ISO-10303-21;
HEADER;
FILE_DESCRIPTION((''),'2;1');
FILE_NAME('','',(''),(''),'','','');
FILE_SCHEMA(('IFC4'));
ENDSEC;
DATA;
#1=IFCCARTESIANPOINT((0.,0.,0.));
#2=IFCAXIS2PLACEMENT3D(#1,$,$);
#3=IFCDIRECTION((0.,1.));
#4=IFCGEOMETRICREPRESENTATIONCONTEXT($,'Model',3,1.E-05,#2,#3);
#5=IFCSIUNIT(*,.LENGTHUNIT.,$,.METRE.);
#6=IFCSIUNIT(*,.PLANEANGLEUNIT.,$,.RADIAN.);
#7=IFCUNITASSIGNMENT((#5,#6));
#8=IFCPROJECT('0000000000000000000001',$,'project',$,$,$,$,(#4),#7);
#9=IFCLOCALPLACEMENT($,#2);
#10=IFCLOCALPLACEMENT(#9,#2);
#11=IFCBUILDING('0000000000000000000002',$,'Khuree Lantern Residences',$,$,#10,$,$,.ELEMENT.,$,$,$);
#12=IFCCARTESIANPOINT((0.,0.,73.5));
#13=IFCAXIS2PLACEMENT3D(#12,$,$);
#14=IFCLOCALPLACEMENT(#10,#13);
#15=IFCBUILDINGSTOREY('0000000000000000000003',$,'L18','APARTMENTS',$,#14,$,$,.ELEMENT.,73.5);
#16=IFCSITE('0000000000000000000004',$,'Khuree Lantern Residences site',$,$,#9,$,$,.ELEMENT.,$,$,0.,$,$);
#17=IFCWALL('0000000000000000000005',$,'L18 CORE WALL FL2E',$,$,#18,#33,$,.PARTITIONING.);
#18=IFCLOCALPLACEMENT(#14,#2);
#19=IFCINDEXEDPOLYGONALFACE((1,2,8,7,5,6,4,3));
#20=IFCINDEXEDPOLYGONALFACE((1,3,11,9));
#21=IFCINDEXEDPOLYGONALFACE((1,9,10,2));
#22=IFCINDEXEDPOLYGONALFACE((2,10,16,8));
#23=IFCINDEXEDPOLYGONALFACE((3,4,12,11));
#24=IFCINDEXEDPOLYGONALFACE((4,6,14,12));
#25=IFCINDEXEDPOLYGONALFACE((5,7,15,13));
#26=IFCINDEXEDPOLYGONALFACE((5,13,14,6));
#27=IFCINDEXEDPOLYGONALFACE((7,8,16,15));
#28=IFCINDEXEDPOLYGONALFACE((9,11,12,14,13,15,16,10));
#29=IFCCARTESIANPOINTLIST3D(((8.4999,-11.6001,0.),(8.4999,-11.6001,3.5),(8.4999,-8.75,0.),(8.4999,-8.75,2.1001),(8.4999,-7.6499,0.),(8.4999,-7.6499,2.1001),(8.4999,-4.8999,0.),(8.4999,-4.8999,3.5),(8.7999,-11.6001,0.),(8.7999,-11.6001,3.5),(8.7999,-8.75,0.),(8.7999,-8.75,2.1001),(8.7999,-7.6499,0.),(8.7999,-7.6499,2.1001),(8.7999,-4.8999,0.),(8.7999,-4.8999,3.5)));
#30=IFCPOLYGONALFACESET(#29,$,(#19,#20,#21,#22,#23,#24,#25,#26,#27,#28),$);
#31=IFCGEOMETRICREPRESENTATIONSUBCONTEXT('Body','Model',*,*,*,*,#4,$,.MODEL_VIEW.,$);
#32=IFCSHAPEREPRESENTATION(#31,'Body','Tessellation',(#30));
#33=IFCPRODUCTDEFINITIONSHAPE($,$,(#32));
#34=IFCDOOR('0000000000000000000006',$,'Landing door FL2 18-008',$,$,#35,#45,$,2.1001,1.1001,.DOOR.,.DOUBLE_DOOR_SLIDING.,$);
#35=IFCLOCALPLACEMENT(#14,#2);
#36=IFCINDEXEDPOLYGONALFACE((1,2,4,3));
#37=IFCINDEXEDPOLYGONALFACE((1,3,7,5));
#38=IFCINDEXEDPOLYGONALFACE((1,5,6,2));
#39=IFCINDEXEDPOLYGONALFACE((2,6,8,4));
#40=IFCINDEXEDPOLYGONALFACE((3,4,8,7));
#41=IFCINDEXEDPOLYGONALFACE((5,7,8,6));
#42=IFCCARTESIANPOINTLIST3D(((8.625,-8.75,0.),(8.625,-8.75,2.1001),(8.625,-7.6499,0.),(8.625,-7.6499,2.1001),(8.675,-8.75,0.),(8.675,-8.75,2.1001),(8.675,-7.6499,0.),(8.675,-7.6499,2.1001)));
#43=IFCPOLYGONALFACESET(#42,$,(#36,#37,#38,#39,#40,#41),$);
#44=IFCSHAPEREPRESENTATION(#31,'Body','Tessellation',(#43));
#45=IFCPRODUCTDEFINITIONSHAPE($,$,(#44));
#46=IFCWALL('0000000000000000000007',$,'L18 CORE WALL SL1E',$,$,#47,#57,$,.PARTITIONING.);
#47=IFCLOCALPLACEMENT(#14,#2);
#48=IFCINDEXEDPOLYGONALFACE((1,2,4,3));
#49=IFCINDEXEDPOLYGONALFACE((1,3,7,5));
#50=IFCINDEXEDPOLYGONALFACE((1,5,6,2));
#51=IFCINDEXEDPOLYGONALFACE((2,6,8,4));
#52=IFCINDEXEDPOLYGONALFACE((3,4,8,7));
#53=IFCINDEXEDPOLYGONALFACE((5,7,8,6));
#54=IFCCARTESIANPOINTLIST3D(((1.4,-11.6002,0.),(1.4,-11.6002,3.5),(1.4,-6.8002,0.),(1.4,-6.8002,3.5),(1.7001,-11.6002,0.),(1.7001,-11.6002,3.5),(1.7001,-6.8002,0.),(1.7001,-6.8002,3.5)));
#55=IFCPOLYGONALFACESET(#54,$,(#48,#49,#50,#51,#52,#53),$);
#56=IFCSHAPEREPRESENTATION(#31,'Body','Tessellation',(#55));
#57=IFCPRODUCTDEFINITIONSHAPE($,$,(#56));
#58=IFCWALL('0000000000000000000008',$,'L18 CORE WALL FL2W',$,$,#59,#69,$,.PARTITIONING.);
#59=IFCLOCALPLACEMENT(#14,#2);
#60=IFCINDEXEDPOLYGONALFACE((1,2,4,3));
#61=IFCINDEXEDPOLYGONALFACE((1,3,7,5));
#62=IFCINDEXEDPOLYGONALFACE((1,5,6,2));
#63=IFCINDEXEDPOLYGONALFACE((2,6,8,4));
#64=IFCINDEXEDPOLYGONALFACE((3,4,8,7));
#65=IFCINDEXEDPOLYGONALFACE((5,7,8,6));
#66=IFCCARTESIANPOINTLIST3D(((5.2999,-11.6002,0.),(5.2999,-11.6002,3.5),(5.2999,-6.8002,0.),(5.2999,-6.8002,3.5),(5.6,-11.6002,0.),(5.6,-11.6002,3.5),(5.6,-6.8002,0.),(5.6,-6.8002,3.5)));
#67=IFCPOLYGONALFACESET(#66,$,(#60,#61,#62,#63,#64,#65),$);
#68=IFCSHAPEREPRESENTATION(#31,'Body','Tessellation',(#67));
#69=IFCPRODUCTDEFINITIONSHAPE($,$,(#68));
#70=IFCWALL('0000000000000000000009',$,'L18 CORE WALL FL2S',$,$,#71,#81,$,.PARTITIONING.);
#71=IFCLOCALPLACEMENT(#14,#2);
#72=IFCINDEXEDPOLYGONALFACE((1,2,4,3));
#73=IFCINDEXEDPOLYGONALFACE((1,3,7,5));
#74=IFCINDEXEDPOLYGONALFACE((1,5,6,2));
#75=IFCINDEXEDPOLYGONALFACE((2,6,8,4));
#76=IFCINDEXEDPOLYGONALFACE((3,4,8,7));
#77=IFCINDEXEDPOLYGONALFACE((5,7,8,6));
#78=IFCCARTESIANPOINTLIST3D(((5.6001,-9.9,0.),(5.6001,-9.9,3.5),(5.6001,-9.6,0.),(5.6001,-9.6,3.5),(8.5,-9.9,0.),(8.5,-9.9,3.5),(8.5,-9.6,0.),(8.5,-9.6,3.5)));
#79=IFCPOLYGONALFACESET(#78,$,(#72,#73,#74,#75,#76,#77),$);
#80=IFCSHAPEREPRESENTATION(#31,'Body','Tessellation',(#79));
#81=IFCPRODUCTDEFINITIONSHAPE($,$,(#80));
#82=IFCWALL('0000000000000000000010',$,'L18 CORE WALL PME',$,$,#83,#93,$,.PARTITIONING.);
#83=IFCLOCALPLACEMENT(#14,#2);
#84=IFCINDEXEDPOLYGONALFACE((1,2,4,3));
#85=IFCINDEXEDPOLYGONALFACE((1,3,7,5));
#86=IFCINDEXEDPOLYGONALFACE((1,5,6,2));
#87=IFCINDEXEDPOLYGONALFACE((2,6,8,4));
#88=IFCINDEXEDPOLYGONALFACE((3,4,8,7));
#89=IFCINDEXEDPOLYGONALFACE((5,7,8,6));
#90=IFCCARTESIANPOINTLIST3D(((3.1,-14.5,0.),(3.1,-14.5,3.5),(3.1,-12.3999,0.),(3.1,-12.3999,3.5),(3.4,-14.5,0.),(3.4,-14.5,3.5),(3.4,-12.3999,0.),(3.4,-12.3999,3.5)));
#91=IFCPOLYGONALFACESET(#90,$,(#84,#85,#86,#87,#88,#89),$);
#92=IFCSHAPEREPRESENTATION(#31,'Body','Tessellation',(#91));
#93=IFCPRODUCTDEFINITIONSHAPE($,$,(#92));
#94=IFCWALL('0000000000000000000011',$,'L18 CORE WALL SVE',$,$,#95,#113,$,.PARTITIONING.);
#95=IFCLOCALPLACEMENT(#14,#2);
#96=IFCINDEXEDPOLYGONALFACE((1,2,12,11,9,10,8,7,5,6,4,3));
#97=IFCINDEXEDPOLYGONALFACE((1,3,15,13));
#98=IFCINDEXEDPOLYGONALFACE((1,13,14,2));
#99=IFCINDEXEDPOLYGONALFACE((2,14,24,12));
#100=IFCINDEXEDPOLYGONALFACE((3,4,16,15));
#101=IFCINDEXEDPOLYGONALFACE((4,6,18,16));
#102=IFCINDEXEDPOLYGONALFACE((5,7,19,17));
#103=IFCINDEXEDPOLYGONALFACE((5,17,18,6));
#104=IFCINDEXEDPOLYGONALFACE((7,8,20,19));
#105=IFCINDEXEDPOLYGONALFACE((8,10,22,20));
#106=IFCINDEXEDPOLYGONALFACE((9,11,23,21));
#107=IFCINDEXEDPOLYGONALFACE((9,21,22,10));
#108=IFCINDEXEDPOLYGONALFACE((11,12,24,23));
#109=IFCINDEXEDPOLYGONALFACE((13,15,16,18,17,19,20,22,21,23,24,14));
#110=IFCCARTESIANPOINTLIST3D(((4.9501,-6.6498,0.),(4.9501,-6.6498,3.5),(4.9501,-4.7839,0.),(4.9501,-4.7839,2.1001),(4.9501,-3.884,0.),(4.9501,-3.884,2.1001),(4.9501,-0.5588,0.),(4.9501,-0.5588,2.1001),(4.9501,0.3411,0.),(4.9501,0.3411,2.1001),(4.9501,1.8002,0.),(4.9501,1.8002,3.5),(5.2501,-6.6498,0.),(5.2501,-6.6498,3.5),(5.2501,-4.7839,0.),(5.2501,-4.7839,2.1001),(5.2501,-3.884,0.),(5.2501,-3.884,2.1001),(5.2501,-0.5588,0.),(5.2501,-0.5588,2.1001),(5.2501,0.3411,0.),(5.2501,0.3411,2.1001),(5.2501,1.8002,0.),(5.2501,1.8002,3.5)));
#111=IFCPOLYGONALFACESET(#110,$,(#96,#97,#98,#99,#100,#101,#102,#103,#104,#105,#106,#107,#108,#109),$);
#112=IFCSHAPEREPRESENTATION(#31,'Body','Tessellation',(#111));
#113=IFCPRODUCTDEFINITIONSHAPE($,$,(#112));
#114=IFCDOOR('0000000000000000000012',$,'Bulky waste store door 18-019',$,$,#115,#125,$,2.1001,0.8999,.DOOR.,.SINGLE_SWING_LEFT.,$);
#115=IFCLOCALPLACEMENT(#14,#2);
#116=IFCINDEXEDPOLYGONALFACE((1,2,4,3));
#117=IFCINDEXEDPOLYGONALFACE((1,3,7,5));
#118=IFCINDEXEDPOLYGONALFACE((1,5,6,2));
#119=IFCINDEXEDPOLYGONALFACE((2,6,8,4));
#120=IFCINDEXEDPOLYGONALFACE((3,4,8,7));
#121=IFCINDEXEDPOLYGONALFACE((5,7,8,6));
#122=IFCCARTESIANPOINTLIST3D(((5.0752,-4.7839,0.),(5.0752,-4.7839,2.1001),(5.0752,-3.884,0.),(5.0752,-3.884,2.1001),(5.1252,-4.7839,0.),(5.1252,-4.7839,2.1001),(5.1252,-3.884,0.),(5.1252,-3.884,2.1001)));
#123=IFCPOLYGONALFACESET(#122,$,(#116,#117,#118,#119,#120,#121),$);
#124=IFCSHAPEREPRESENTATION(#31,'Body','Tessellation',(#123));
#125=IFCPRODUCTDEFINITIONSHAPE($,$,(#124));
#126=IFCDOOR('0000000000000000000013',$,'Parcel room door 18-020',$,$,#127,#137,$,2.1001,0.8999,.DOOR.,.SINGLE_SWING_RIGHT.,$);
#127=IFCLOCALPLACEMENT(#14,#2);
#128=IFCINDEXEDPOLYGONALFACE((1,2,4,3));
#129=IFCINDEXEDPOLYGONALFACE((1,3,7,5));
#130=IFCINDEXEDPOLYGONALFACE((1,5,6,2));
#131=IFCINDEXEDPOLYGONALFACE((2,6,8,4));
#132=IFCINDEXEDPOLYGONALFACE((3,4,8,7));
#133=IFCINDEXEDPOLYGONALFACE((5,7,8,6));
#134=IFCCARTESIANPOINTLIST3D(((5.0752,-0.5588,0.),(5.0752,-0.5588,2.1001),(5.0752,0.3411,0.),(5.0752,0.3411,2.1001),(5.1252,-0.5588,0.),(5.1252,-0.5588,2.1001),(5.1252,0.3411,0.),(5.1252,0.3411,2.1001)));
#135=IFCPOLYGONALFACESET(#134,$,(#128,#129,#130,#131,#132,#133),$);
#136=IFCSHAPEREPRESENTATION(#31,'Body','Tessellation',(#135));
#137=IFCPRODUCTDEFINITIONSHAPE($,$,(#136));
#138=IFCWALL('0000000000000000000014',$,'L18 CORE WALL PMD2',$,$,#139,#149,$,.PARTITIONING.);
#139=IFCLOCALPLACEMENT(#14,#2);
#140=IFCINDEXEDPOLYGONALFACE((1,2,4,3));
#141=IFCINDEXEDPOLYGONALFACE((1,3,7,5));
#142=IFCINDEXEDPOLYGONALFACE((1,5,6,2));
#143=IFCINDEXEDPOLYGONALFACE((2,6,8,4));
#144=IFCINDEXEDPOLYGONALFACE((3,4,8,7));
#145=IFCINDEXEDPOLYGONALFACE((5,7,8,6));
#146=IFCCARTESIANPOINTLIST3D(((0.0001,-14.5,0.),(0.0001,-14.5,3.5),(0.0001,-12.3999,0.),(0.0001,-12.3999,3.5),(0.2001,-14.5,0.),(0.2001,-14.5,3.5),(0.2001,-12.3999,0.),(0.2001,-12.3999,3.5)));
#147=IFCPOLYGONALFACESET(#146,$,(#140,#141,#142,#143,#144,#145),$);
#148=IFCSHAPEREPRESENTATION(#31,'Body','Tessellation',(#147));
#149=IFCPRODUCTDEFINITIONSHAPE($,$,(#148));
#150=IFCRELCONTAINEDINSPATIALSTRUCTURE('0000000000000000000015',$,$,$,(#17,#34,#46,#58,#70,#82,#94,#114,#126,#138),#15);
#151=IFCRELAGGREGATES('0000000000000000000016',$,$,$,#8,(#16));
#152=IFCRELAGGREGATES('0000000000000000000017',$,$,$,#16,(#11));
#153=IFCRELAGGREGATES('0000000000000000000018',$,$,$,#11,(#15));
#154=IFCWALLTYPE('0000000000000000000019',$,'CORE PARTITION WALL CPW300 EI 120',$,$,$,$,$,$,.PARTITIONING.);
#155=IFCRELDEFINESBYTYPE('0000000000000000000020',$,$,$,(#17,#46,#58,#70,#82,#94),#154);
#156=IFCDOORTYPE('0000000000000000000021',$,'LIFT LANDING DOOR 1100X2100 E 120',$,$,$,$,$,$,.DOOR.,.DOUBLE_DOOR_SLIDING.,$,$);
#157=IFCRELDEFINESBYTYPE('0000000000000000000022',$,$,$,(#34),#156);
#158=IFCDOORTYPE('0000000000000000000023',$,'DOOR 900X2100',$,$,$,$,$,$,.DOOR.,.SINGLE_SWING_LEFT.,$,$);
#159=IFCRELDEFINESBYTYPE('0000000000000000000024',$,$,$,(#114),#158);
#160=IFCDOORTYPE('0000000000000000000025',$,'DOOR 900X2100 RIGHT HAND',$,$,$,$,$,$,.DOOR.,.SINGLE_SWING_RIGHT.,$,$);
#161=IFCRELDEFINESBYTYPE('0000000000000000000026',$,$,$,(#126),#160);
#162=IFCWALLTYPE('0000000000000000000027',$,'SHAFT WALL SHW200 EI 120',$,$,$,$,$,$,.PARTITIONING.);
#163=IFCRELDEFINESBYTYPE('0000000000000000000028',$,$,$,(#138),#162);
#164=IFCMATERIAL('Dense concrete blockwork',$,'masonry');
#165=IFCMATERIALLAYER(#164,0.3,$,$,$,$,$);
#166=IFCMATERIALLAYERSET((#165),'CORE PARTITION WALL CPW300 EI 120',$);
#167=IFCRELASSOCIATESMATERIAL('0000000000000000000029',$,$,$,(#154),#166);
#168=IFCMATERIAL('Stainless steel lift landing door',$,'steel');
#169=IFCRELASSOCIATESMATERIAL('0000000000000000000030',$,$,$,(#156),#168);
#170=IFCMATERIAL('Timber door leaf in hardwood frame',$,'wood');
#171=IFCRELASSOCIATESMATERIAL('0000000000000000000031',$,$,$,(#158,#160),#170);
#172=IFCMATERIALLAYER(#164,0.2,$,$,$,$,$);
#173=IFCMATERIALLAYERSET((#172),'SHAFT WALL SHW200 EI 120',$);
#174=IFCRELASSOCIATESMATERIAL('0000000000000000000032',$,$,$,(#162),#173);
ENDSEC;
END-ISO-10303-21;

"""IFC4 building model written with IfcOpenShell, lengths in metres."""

from ifc_helpers import new_model, si_unit, direction, frame, frame_2d, origin, place, context, subcontext, project, spatial, rectangle, extrude, material, layer, layer_set, type_object, element, fill, save


model = new_model("IFC4")

# Units and contexts
model_context = context("Model", 3, precision=1e-05, world=origin(), true_north=direction((0.0, 1.0)))
body_context = subcontext(model_context, "Body", "Model", "MODEL_VIEW")
ifc_project = project(units=[si_unit("LENGTHUNIT", "METRE"), si_unit("PLANEANGLEUNIT", "RADIAN")], contexts=[model_context])

# Site, building, storey
site_placement = place(None, origin())
site = spatial("IfcSite", under=ifc_project, at=site_placement, Name="Khuree Lantern Residences site", CompositionType="ELEMENT", RefElevation=0.0)
building_placement = place(site_placement, origin())
building = spatial("IfcBuilding", under=site, at=building_placement, Name="Khuree Lantern Residences", CompositionType="ELEMENT")
storey_placement = place(building_placement, frame((0.0, 0.0, 73.5)))
storey = spatial("IfcBuildingStorey", under=building, at=storey_placement, Name="L18", Description="APARTMENTS", CompositionType="ELEMENT", Elevation=73.5)

# Wall, opening, door
ifc_material_1 = material(Name="Dense concrete blockwork", Category="masonry")
ifc_layer_1 = layer(ifc_material_1, 0.3)
ifc_layer_set_1 = layer_set([ifc_layer_1], Name="CORE PARTITION WALL CPW300 EI 120")
wall_type_1 = type_object("IfcWallType", Name="CORE PARTITION WALL CPW300 EI 120", PredefinedType="PARTITIONING", material=ifc_layer_set_1)
wall_1_placement = place(storey_placement, frame((8.6499, -11.6001, 0.0), z_axis=(0.0, 0.0, 1.0), x_axis=(0.0, 1.0, 0.0)))
wall_1 = element("IfcWall", 1, at=wall_1_placement, inside=storey, type_object=wall_type_1, Name="L18 CORE WALL FL2E", PredefinedType="PARTITIONING", context=body_context, shape_type="SweptSolid", body=[
    extrude(rectangle(XDim=6.7002, YDim=0.3, at=frame_2d((3.3501, 0.0))), origin(), (0.0, 0.0, 1.0), 3.5),
])
opening_1_placement = place(wall_1_placement, frame((2.8501, 0.0, 0.0)))
opening_1 = element("IfcOpeningElement", 2, at=opening_1_placement, cuts=wall_1, PredefinedType="OPENING", context=body_context, shape_type="SweptSolid", body=[
    extrude(rectangle(XDim=1.1001, YDim=2.1001, at=frame_2d((0.55, 1.05))), frame((0.0, 0.1602, 0.0), z_axis=(0.0, -1.0, 0.0), x_axis=(1.0, 0.0, 0.0)), (0.0, 0.0, 1.0), 0.3201),
])
ifc_material_2 = material(Name="Stainless steel lift landing door", Category="steel")
door_type_1 = type_object("IfcDoorType", Name="LIFT LANDING DOOR 1100X2100 E 120", OperationType="DOUBLE_DOOR_SLIDING", PredefinedType="DOOR", material=ifc_material_2)
door_1_placement = place(opening_1_placement, origin())
door_1 = element("IfcDoor", 3, at=door_1_placement, inside=storey, type_object=door_type_1, Name="Landing door FL2 18-008", OperationType="DOUBLE_DOOR_SLIDING", OverallHeight=2.1001, OverallWidth=1.1001, PredefinedType="DOOR", context=body_context, shape_type="SweptSolid", body=[
    extrude(rectangle(XDim=1.1001, YDim=2.1001, at=frame_2d((0.55, 1.05))), frame((0.0, 0.0249, 0.0), z_axis=(0.0, -1.0, 0.0), x_axis=(1.0, 0.0, 0.0)), (0.0, 0.0, 1.0), 0.05),
])
fill(opening_1, door_1)

# Walls
for number, where, z_axis, x_axis, name in (
    (4, (1.55, -11.6001, 0.0), (0.0, 0.0, 1.0), (0.0, 1.0, 0.0), "L18 CORE WALL SL1E"),
    (5, (5.45, -11.6001, 0.0), (0.0, 0.0, 1.0), (0.0, 1.0, 0.0), "L18 CORE WALL FL2W"),
):
    element("IfcWall", number, at=place(storey_placement, frame(where, z_axis=z_axis, x_axis=x_axis)), inside=storey, type_object=wall_type_1, Name=name, PredefinedType="PARTITIONING", context=body_context, shape_type="SweptSolid", body=[
        extrude(rectangle(XDim=4.8, YDim=0.3, at=frame_2d((2.3999, 0.0))), origin(), (0.0, 0.0, 1.0), 3.5),
    ])
wall_2_placement = place(storey_placement, frame((5.6001, -9.75, 0.0), z_axis=(0.0, 0.0, 1.0), x_axis=(1.0, 0.0, 0.0)))
element("IfcWall", 6, at=wall_2_placement, inside=storey, type_object=wall_type_1, Name="L18 CORE WALL FL2S", PredefinedType="PARTITIONING", context=body_context, shape_type="SweptSolid", body=[
    extrude(rectangle(XDim=2.8999, YDim=0.3, at=frame_2d((1.45, 0.0))), origin(), (0.0, 0.0, 1.0), 3.5),
])
wall_3_placement = place(storey_placement, frame((3.25, -14.5, 0.0), z_axis=(0.0, 0.0, 1.0), x_axis=(0.0, 1.0, 0.0)))
element("IfcWall", 7, at=wall_3_placement, inside=storey, type_object=wall_type_1, Name="L18 CORE WALL PME", PredefinedType="PARTITIONING", context=body_context, shape_type="SweptSolid", body=[
    extrude(rectangle(XDim=2.1001, YDim=0.3, at=frame_2d((1.05, 0.0))), origin(), (0.0, 0.0, 1.0), 3.5),
])

# Wall, openings, doors
wall_4_placement = place(storey_placement, frame((5.1001, -6.6499, 0.0), z_axis=(0.0, 0.0, 1.0), x_axis=(0.0, 1.0, 0.0)))
wall_4 = element("IfcWall", 8, at=wall_4_placement, inside=storey, type_object=wall_type_1, Name="L18 CORE WALL SVE", PredefinedType="PARTITIONING", context=body_context, shape_type="SweptSolid", body=[
    extrude(rectangle(XDim=8.45, YDim=0.3, at=frame_2d((4.2251, 0.0))), origin(), (0.0, 0.0, 1.0), 3.5),
])
opening_2_placement = place(wall_4_placement, frame((1.866, 0.0, 0.0)))
opening_2 = element("IfcOpeningElement", 9, at=opening_2_placement, cuts=wall_4, PredefinedType="OPENING", context=body_context, shape_type="SweptSolid", body=[
    extrude(rectangle(XDim=0.8999, YDim=2.1001, at=frame_2d((0.45, 1.05))), frame((0.0, 0.1602, 0.0), z_axis=(0.0, -1.0, 0.0), x_axis=(1.0, 0.0, 0.0)), (0.0, 0.0, 1.0), 0.3201),
])
opening_3_placement = place(wall_4_placement, frame((6.0911, 0.0, 0.0)))
opening_3 = element("IfcOpeningElement", 10, at=opening_3_placement, cuts=wall_4, PredefinedType="OPENING", context=body_context, shape_type="SweptSolid", body=[
    extrude(rectangle(XDim=0.8999, YDim=2.1001, at=frame_2d((0.45, 1.05))), frame((0.0, 0.1602, 0.0), z_axis=(0.0, -1.0, 0.0), x_axis=(1.0, 0.0, 0.0)), (0.0, 0.0, 1.0), 0.3201),
])
ifc_material_3 = material(Name="Timber door leaf in hardwood frame", Category="wood")
door_type_2 = type_object("IfcDoorType", Name="DOOR 900X2100", OperationType="SINGLE_SWING_LEFT", PredefinedType="DOOR", material=ifc_material_3)
door_2_placement = place(opening_2_placement, origin())
door_2 = element("IfcDoor", 11, at=door_2_placement, inside=storey, type_object=door_type_2, Name="Bulky waste store door 18-019", OperationType="SINGLE_SWING_LEFT", OverallHeight=2.1001, OverallWidth=0.8999, PredefinedType="DOOR", context=body_context, shape_type="SweptSolid", body=[
    extrude(rectangle(XDim=0.8999, YDim=2.1001, at=frame_2d((0.45, 1.05))), frame((0.0, 0.0249, 0.0), z_axis=(0.0, -1.0, 0.0), x_axis=(1.0, 0.0, 0.0)), (0.0, 0.0, 1.0), 0.05),
])
fill(opening_2, door_2)
door_type_3 = type_object("IfcDoorType", Name="DOOR 900X2100 RIGHT HAND", OperationType="SINGLE_SWING_RIGHT", PredefinedType="DOOR", material=ifc_material_3)
door_3_placement = place(opening_3_placement, origin())
door_3 = element("IfcDoor", 12, at=door_3_placement, inside=storey, type_object=door_type_3, Name="Parcel room door 18-020", OperationType="SINGLE_SWING_RIGHT", OverallHeight=2.1001, OverallWidth=0.8999, PredefinedType="DOOR", context=body_context, shape_type="SweptSolid", body=[
    extrude(rectangle(XDim=0.8999, YDim=2.1001, at=frame_2d((0.45, 1.05))), frame((0.0, 0.0249, 0.0), z_axis=(0.0, -1.0, 0.0), x_axis=(1.0, 0.0, 0.0)), (0.0, 0.0, 1.0), 0.05),
])
fill(opening_3, door_3)

# Wall
ifc_layer_2 = layer(ifc_material_1, 0.2)
ifc_layer_set_2 = layer_set([ifc_layer_2], Name="SHAFT WALL SHW200 EI 120")
wall_type_2 = type_object("IfcWallType", Name="SHAFT WALL SHW200 EI 120", PredefinedType="PARTITIONING", material=ifc_layer_set_2)
wall_5_placement = place(storey_placement, frame((0.1001, -14.5, 0.0), z_axis=(0.0, 0.0, 1.0), x_axis=(0.0, 1.0, 0.0)))
element("IfcWall", 13, at=wall_5_placement, inside=storey, type_object=wall_type_2, Name="L18 CORE WALL PMD2", PredefinedType="PARTITIONING", context=body_context, shape_type="SweptSolid", body=[
    extrude(rectangle(XDim=2.1001, YDim=0.2, at=frame_2d((1.05, 0.0))), origin(), (0.0, 0.0, 1.0), 3.5),
])

save(model, "model.ifc")
